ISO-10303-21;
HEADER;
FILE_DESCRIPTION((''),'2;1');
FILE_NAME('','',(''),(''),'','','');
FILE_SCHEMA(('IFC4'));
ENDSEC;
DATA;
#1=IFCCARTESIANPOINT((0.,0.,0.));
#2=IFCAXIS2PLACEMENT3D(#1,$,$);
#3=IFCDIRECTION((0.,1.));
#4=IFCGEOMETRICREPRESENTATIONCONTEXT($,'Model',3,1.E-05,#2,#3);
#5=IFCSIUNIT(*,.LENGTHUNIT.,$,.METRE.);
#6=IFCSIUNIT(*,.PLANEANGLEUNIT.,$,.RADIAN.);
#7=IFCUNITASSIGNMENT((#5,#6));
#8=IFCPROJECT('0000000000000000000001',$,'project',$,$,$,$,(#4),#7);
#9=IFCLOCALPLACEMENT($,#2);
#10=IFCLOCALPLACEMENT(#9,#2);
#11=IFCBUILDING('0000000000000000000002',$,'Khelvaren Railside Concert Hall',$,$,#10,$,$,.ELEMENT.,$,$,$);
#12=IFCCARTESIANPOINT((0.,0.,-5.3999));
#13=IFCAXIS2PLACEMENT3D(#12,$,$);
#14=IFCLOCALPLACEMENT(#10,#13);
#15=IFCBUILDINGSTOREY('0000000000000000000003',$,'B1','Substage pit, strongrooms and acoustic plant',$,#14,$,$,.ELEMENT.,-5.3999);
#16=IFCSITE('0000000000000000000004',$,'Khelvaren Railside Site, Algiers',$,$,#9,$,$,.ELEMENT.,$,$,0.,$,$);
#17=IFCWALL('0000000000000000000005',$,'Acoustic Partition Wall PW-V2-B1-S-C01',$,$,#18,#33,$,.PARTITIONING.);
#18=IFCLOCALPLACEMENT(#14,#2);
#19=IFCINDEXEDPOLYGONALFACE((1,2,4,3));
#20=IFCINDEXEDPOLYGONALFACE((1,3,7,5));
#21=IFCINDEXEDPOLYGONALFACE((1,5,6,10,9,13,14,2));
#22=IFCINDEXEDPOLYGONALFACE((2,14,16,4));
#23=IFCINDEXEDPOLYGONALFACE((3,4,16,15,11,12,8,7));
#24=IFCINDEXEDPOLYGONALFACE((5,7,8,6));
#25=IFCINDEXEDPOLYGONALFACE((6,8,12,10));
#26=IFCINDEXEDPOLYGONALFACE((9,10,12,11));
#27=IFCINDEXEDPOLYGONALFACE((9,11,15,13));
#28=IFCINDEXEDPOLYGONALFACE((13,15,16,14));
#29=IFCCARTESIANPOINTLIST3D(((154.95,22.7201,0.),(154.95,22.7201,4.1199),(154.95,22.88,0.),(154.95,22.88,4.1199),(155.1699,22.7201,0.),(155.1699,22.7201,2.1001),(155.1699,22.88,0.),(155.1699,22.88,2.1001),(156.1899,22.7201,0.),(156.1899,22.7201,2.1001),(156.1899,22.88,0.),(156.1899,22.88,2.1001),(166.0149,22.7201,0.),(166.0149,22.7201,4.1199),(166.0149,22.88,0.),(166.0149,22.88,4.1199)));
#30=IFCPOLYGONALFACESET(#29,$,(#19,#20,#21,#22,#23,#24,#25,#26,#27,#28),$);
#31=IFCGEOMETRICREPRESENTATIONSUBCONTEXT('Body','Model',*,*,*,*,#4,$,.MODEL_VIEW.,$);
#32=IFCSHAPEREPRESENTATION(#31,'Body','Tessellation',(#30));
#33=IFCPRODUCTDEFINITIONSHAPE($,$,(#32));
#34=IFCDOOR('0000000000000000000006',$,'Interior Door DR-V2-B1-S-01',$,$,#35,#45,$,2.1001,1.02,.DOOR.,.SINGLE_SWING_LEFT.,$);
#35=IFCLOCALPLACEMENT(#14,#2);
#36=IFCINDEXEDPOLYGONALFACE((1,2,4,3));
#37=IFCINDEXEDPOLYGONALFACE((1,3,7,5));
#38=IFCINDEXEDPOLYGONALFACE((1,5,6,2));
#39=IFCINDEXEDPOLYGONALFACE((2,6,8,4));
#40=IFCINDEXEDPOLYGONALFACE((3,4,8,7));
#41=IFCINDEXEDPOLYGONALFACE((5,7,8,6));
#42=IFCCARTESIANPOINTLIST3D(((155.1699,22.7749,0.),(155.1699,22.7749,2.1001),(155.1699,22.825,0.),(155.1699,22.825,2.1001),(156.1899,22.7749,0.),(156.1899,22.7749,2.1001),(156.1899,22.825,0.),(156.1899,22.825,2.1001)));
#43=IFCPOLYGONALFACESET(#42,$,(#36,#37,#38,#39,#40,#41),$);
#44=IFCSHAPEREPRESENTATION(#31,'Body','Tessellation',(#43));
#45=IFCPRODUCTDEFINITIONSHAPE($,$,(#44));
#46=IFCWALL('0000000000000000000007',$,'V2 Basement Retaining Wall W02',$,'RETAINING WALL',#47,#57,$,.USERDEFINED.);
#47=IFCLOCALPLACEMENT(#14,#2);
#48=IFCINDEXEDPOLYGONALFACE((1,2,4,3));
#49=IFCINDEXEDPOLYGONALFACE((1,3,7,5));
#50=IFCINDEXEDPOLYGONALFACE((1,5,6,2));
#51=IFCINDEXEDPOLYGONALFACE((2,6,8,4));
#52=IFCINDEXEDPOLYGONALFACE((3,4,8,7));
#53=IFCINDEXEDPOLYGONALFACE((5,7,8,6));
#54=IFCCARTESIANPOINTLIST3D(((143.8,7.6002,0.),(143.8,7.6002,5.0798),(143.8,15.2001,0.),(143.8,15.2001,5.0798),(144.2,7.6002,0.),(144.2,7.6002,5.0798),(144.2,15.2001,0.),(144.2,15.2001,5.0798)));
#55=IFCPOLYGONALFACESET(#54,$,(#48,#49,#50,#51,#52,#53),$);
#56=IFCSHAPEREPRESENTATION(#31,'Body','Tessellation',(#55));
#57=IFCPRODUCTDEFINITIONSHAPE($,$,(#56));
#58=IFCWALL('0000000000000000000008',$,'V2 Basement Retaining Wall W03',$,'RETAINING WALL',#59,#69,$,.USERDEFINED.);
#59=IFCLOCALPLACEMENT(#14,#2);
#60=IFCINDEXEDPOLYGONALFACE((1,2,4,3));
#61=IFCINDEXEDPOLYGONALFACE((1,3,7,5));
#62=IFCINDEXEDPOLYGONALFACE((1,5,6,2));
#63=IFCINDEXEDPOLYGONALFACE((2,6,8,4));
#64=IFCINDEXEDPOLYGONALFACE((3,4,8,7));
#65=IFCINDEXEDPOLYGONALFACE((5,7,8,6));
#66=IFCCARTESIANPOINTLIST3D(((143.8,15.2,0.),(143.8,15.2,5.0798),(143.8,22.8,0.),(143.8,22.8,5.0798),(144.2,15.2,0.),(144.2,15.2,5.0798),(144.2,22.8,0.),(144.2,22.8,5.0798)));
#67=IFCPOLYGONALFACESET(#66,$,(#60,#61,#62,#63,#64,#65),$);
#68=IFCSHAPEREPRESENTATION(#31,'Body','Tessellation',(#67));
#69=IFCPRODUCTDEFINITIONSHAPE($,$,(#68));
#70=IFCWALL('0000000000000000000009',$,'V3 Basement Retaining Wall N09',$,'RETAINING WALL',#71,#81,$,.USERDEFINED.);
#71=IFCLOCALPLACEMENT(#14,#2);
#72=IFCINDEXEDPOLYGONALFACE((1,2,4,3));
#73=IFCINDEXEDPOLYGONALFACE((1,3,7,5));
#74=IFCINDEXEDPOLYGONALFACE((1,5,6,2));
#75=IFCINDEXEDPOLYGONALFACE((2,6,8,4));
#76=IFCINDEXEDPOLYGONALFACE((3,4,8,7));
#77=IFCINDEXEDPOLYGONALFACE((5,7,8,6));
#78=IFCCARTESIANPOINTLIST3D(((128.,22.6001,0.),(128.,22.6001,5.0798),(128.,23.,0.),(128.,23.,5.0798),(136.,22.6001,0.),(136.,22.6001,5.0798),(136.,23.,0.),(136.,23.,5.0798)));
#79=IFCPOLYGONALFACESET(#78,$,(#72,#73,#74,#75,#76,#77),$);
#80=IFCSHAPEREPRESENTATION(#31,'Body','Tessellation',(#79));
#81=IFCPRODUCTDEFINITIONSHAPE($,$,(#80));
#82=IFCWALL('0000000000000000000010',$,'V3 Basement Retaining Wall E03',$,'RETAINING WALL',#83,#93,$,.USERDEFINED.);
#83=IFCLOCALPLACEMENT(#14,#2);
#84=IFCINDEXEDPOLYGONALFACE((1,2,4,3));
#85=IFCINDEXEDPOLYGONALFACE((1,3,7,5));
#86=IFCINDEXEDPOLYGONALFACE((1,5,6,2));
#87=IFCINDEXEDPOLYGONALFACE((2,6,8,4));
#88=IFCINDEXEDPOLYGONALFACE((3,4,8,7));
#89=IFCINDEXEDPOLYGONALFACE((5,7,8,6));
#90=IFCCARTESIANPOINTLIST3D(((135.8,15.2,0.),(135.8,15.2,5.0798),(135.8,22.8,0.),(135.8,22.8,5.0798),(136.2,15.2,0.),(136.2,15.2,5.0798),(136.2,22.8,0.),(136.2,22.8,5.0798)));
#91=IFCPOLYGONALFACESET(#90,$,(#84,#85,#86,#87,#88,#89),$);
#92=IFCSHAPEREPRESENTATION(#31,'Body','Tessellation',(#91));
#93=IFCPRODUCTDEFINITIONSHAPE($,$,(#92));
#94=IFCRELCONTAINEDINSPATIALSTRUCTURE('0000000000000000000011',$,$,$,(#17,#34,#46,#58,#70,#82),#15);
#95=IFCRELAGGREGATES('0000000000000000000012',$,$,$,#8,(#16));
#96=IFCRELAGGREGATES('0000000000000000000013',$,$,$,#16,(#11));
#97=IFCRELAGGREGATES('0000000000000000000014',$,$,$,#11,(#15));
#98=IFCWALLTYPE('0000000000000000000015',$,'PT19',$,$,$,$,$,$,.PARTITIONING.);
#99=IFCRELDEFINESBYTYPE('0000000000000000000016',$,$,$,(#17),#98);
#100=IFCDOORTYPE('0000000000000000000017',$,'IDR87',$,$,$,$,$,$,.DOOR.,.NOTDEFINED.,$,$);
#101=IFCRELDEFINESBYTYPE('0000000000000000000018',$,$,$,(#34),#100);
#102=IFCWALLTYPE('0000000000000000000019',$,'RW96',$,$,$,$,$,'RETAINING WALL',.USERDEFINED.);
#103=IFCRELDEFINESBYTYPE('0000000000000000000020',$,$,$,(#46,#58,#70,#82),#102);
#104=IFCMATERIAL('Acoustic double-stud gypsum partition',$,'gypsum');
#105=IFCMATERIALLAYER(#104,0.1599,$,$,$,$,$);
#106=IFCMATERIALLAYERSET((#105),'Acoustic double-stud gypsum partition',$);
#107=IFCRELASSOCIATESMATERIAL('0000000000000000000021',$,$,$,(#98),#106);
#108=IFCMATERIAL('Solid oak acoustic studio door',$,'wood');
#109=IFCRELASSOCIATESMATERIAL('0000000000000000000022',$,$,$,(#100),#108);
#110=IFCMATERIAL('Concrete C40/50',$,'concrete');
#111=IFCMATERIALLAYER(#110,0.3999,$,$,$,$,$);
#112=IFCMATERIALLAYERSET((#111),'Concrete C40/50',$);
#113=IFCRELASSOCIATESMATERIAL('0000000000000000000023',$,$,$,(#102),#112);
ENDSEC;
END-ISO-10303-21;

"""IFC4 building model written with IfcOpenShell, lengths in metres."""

from ifc_helpers import new_model, si_unit, direction, frame, frame_2d, origin, place, context, subcontext, project, spatial, rectangle, extrude, material, layer, layer_set, type_object, element, fill, save


model = new_model("IFC4")

# Units and contexts
model_context = context("Model", 3, precision=1e-05, world=origin(), true_north=direction((0.0, 1.0)))
body_context = subcontext(model_context, "Body", "Model", "MODEL_VIEW")
ifc_project = project(units=[si_unit("LENGTHUNIT", "METRE"), si_unit("PLANEANGLEUNIT", "RADIAN")], contexts=[model_context])

# Site, building, storey
site_placement = place(None, origin())
site = spatial("IfcSite", under=ifc_project, at=site_placement, Name="Khelvaren Railside Site, Algiers", CompositionType="ELEMENT", RefElevation=0.0)
building_placement = place(site_placement, origin())
building = spatial("IfcBuilding", under=site, at=building_placement, Name="Khelvaren Railside Concert Hall", CompositionType="ELEMENT")
storey_placement = place(building_placement, frame((0.0, 0.0, -5.3999)))
storey = spatial("IfcBuildingStorey", under=building, at=storey_placement, Name="B1", Description="Substage pit, strongrooms and acoustic plant", CompositionType="ELEMENT", Elevation=-5.3999)

# Wall, opening, door
ifc_material_1 = material(Name="Acoustic double-stud gypsum partition", Category="gypsum")
ifc_layer_1 = layer(ifc_material_1, 0.1599)
ifc_layer_set_1 = layer_set([ifc_layer_1], Name="Acoustic double-stud gypsum partition")
wall_type_1 = type_object("IfcWallType", Name="PT19", PredefinedType="PARTITIONING", material=ifc_layer_set_1)
wall_1_placement = place(storey_placement, frame((154.95, 22.8, 0.0), z_axis=(0.0, 0.0, 1.0), x_axis=(1.0, 0.0, 0.0)))
wall_1 = element("IfcWall", 1, at=wall_1_placement, inside=storey, type_object=wall_type_1, Name="Acoustic Partition Wall PW-V2-B1-S-C01", PredefinedType="PARTITIONING", context=body_context, shape_type="SweptSolid", body=[
    extrude(rectangle(XDim=11.0649, YDim=0.1599, at=frame_2d((5.5325, 0.0))), origin(), (0.0, 0.0, 1.0), 4.1199),
])
opening_placement = place(wall_1_placement, frame((0.22, 0.0, 0.0)))
opening = element("IfcOpeningElement", 2, at=opening_placement, cuts=wall_1, PredefinedType="OPENING", context=body_context, shape_type="SweptSolid", body=[
    extrude(rectangle(XDim=1.02, YDim=2.1001, at=frame_2d((0.51, 1.05))), frame((0.0, 0.0898, 0.0), z_axis=(0.0, -1.0, 0.0), x_axis=(1.0, 0.0, 0.0)), (0.0, 0.0, 1.0), 0.1799),
])
ifc_material_2 = material(Name="Solid oak acoustic studio door", Category="wood")
door_type = type_object("IfcDoorType", Name="IDR87", OperationType="NOTDEFINED", PredefinedType="DOOR", material=ifc_material_2)
door_placement = place(opening_placement, origin())
door = element("IfcDoor", 3, at=door_placement, inside=storey, type_object=door_type, Name="Interior Door DR-V2-B1-S-01", OperationType="SINGLE_SWING_LEFT", OverallHeight=2.1001, OverallWidth=1.02, PredefinedType="DOOR", context=body_context, shape_type="SweptSolid", body=[
    extrude(rectangle(XDim=1.02, YDim=2.1001, at=frame_2d((0.51, 1.05))), frame((0.0, 0.0249, 0.0), z_axis=(0.0, -1.0, 0.0), x_axis=(1.0, 0.0, 0.0)), (0.0, 0.0, 1.0), 0.05),
])
fill(opening, door)

# Walls
ifc_material_3 = material(Name="Concrete C40/50", Category="concrete")
ifc_layer_2 = layer(ifc_material_3, 0.3999)
ifc_layer_set_2 = layer_set([ifc_layer_2], Name="Concrete C40/50")
wall_type_2 = type_object("IfcWallType", Name="RW96", ElementType="RETAINING WALL", PredefinedType="USERDEFINED", material=ifc_layer_set_2)
wall_2_placement = place(storey_placement, frame((144.0, 15.2, 0.0), z_axis=(0.0, 0.0, 1.0), x_axis=(0.0, -1.0, 0.0)))
element("IfcWall", 4, at=wall_2_placement, inside=storey, type_object=wall_type_2, Name="V2 Basement Retaining Wall W02", ObjectType="RETAINING WALL", PredefinedType="USERDEFINED", context=body_context, shape_type="SweptSolid", body=[
    extrude(rectangle(XDim=7.5999, YDim=0.3999, at=frame_2d((3.7998, 0.0))), origin(), (0.0, 0.0, 1.0), 5.0798),
])
wall_3_placement = place(storey_placement, frame((144.0, 22.8, 0.0), z_axis=(0.0, 0.0, 1.0), x_axis=(0.0, -1.0, 0.0)))
element("IfcWall", 5, at=wall_3_placement, inside=storey, type_object=wall_type_2, Name="V2 Basement Retaining Wall W03", ObjectType="RETAINING WALL", PredefinedType="USERDEFINED", context=body_context, shape_type="SweptSolid", body=[
    extrude(rectangle(XDim=7.6001, YDim=0.3999, at=frame_2d((3.8, 0.0))), origin(), (0.0, 0.0, 1.0), 5.0798),
])
wall_4_placement = place(storey_placement, frame((136.0, 22.8, 0.0), z_axis=(0.0, 0.0, 1.0), x_axis=(-1.0, 0.0, 0.0)))
element("IfcWall", 6, at=wall_4_placement, inside=storey, type_object=wall_type_2, Name="V3 Basement Retaining Wall N09", ObjectType="RETAINING WALL", PredefinedType="USERDEFINED", context=body_context, shape_type="SweptSolid", body=[
    extrude(rectangle(XDim=8.0, YDim=0.3999, at=frame_2d((4.0, 0.0))), origin(), (0.0, 0.0, 1.0), 5.0798),
])
wall_5_placement = place(storey_placement, frame((136.0, 15.2, 0.0), z_axis=(0.0, 0.0, 1.0), x_axis=(0.0, 1.0, 0.0)))
element("IfcWall", 7, at=wall_5_placement, inside=storey, type_object=wall_type_2, Name="V3 Basement Retaining Wall E03", ObjectType="RETAINING WALL", PredefinedType="USERDEFINED", context=body_context, shape_type="SweptSolid", body=[
    extrude(rectangle(XDim=7.6001, YDim=0.3999, at=frame_2d((3.8, 0.0))), origin(), (0.0, 0.0, 1.0), 5.0798),
])

save(model, "model.ifc")
